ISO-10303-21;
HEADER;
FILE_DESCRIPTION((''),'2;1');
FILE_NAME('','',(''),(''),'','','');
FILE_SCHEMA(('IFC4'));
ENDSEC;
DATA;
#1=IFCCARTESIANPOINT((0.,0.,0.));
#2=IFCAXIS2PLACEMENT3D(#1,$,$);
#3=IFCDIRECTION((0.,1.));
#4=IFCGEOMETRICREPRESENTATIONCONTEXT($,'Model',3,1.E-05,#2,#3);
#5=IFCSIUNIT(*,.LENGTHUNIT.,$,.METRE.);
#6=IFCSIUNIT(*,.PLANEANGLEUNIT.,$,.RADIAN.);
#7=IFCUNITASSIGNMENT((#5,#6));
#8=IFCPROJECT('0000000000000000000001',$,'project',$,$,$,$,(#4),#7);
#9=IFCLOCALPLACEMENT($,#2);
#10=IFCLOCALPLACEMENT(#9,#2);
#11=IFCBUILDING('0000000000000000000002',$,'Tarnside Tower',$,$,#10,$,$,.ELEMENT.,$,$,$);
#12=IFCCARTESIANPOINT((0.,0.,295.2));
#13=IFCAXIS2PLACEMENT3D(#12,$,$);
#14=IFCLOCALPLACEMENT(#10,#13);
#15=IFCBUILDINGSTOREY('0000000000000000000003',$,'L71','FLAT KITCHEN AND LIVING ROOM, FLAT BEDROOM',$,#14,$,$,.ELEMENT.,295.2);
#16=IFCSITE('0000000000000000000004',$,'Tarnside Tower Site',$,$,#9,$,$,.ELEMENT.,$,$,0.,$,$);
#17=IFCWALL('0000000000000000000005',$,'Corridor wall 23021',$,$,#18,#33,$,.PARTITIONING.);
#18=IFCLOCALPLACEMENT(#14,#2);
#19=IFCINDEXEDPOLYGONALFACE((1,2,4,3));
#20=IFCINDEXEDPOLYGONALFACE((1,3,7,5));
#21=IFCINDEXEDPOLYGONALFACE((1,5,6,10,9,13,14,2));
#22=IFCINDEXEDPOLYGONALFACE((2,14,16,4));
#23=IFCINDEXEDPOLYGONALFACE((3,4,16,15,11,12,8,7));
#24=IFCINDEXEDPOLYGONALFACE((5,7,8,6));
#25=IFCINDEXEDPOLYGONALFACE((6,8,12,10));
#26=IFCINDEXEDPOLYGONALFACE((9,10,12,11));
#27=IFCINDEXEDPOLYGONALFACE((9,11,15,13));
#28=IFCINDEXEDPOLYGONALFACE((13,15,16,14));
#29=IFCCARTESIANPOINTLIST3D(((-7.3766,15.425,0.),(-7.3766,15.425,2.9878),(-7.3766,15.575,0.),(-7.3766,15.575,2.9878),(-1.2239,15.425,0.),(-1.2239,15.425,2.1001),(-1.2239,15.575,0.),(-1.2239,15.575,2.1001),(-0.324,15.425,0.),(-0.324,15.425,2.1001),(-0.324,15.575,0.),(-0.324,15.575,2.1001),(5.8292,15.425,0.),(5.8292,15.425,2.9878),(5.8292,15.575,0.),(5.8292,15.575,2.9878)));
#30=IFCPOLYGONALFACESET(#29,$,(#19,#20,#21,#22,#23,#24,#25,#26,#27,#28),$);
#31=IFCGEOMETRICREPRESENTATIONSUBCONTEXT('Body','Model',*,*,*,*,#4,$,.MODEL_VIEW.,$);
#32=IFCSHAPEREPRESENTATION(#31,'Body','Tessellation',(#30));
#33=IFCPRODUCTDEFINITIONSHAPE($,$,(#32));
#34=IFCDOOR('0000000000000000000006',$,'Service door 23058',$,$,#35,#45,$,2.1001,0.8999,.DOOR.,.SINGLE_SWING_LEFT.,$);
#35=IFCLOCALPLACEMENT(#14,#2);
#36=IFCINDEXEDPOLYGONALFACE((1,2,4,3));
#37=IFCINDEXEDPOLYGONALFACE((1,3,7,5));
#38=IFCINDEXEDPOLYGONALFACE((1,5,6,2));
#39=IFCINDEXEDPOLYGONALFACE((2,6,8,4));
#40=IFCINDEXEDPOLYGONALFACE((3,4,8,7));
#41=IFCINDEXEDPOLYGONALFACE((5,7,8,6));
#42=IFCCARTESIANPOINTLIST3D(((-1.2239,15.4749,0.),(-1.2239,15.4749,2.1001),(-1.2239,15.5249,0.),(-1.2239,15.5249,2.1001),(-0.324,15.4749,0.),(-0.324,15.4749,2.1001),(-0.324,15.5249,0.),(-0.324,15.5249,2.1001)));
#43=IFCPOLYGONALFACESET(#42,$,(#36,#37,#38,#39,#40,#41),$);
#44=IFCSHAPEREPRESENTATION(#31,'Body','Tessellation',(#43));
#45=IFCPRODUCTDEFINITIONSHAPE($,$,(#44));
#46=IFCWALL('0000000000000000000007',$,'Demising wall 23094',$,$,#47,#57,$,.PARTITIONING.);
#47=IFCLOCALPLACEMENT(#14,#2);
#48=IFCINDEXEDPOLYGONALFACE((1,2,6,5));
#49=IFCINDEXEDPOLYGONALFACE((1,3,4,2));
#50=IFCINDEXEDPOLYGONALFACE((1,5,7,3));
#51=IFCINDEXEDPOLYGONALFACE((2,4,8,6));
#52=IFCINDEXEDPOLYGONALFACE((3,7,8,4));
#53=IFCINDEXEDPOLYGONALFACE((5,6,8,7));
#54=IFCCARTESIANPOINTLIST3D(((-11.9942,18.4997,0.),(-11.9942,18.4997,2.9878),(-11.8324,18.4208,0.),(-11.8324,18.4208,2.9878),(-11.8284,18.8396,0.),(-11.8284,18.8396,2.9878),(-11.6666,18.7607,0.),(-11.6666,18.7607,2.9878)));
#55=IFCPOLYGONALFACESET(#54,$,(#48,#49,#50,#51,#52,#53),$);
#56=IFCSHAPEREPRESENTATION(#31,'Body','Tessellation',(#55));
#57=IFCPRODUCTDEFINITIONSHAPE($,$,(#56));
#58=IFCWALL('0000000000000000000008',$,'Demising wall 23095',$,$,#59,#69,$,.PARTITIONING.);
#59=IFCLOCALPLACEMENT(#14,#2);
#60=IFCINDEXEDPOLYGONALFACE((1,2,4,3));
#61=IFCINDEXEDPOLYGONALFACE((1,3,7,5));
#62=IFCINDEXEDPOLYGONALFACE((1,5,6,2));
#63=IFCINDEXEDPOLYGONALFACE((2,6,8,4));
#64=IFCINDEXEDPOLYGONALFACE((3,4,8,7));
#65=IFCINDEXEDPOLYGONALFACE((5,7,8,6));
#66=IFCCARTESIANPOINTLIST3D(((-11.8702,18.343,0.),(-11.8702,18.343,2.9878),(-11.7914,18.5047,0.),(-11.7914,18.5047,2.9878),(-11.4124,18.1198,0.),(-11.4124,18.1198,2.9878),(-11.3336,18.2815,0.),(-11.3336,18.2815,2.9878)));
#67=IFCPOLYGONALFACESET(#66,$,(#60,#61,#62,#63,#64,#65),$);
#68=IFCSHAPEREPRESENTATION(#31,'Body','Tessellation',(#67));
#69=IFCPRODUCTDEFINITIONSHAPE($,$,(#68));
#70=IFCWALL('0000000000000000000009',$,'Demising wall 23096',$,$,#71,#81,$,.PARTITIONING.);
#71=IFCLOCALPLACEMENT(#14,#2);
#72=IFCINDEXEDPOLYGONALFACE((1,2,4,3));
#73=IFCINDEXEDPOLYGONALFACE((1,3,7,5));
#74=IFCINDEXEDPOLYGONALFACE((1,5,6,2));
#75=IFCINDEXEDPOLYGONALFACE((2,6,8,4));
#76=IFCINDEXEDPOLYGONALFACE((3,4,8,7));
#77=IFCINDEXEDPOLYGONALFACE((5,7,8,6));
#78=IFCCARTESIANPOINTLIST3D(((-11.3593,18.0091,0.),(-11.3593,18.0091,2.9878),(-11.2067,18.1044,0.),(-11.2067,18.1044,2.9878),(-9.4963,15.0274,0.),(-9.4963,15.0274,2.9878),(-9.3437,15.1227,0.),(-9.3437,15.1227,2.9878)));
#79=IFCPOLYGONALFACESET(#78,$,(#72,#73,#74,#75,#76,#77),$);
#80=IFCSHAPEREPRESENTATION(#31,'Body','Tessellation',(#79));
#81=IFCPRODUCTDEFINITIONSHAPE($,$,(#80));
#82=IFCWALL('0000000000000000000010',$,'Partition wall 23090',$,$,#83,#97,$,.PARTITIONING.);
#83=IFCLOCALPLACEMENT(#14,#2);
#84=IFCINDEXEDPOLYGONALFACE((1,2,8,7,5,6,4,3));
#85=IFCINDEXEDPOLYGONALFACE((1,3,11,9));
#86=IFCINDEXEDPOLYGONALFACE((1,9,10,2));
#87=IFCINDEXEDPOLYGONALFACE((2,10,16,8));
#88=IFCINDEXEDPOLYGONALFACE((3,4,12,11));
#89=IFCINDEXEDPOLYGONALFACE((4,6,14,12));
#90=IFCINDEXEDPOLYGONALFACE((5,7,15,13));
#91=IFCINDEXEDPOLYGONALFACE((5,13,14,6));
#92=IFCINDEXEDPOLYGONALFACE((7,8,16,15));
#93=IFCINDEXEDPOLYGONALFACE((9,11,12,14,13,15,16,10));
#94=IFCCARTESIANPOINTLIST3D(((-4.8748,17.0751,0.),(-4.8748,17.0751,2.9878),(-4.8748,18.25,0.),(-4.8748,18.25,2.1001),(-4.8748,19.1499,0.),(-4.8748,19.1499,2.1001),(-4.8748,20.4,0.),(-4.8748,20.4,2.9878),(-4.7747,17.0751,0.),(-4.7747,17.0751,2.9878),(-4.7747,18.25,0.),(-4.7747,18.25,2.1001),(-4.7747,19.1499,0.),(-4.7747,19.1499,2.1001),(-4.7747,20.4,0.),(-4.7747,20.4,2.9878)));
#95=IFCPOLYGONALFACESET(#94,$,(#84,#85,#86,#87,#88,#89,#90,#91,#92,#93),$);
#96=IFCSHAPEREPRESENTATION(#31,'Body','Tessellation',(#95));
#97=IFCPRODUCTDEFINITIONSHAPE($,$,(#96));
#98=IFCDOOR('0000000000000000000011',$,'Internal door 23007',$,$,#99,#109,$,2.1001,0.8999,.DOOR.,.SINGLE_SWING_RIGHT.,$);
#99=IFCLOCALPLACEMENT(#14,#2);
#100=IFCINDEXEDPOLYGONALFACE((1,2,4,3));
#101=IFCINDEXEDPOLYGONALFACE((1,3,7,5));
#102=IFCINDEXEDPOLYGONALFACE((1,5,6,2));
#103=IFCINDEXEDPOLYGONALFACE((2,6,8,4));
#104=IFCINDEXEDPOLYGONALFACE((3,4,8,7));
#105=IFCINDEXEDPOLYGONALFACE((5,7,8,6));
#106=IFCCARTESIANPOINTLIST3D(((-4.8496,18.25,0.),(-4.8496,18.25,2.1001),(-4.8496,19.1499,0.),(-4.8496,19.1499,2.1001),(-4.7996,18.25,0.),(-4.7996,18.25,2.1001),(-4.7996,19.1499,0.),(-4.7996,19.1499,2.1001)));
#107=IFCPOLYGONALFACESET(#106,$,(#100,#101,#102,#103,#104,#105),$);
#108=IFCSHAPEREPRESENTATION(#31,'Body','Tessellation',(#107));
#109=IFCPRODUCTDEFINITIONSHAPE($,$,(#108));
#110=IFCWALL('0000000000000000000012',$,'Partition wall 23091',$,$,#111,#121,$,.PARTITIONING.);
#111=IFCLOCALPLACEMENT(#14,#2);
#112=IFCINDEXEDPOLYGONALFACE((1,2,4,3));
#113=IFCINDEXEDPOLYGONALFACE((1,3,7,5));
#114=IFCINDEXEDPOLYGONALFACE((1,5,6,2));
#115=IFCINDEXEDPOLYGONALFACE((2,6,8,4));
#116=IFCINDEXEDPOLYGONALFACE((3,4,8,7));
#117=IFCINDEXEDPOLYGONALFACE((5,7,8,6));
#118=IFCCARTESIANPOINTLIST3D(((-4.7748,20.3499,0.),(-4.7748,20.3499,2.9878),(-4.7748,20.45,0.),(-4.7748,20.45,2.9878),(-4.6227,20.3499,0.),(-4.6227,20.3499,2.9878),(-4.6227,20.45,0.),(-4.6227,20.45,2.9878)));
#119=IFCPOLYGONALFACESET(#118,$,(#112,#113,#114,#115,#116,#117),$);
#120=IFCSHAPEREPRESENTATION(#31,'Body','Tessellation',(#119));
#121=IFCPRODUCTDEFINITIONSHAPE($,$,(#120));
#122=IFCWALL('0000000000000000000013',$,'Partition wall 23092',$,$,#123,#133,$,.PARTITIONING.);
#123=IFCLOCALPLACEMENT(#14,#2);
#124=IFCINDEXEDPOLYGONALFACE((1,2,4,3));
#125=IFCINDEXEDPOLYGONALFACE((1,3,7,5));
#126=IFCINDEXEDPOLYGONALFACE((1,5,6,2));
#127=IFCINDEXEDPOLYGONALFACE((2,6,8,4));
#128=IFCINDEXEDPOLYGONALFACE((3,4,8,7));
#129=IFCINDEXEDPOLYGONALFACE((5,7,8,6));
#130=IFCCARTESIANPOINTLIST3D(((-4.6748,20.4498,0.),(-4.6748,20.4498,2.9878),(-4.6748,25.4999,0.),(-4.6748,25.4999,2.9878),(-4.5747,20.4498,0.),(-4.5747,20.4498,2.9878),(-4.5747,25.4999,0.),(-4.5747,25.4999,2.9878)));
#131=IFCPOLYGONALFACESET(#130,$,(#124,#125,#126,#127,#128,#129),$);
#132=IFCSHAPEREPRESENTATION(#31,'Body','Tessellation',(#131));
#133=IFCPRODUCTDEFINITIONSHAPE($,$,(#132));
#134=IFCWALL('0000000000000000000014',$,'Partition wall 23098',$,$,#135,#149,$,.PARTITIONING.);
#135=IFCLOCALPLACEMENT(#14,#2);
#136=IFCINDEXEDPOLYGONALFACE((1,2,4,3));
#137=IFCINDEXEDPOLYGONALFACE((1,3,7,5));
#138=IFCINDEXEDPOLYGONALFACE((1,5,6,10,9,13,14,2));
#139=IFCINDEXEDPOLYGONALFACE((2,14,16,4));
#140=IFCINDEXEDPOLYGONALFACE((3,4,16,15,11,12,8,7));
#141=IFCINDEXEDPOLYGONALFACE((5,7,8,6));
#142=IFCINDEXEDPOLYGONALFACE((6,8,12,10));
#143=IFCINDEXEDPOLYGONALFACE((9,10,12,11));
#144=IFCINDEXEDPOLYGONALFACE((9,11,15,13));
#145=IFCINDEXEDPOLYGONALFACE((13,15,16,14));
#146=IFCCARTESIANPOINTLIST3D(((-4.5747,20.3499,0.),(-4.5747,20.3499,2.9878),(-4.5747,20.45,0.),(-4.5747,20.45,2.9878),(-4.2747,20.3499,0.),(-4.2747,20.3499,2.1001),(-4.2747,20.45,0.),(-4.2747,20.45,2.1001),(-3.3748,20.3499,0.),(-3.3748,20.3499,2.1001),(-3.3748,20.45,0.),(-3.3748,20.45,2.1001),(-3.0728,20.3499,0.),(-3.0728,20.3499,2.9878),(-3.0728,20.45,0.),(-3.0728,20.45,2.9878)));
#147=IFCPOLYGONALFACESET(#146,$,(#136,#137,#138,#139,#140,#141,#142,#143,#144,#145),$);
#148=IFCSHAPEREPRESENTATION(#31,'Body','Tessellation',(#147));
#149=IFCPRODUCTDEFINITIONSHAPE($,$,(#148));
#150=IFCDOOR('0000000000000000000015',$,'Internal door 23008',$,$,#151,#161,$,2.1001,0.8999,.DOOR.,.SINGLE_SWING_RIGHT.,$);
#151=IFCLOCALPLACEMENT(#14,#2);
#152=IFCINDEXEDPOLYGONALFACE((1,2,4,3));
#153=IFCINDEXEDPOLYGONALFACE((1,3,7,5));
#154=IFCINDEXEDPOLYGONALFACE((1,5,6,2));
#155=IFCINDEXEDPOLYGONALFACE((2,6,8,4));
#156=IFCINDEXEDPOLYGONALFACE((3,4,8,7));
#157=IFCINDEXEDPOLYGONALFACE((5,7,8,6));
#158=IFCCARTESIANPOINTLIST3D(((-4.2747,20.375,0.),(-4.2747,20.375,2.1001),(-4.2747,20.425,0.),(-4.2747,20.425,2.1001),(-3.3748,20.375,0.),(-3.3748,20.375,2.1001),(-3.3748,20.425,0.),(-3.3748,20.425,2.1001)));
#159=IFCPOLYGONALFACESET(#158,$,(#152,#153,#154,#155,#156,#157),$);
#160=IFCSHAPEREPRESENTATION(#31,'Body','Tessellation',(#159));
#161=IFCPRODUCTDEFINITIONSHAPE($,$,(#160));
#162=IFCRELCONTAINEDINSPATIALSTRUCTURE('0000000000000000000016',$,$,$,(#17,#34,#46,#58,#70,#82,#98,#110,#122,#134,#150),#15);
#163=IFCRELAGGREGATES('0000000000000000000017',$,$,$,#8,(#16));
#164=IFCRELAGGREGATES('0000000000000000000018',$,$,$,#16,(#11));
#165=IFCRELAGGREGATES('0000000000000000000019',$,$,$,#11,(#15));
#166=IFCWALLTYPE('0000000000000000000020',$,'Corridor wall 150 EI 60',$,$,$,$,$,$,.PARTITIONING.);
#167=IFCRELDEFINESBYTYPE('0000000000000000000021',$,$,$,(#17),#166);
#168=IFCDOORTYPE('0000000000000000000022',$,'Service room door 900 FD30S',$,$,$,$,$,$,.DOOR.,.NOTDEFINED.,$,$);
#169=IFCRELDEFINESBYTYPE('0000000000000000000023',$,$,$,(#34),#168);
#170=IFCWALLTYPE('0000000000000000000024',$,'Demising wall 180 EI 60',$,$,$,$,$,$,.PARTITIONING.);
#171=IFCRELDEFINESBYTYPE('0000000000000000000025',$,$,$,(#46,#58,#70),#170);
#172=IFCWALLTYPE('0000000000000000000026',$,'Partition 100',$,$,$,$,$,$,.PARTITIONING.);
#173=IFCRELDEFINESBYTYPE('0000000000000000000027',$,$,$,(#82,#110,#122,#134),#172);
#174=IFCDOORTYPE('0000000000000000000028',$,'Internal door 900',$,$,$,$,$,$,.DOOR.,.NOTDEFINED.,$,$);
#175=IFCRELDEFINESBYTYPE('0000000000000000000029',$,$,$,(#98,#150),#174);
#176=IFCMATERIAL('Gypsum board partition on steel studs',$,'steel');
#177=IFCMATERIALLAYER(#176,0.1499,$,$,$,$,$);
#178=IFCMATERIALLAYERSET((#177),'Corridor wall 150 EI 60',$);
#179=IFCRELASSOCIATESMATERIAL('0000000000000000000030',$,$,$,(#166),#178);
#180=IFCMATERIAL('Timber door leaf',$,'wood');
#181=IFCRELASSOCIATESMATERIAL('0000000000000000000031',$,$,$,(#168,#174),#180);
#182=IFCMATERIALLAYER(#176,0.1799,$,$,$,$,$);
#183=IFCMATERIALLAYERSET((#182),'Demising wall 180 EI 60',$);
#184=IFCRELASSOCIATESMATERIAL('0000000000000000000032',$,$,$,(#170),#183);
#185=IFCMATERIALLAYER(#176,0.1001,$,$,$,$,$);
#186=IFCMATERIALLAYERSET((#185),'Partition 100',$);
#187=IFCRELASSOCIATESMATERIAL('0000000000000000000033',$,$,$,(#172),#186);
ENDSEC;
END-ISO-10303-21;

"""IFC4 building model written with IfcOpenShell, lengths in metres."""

from ifc_helpers import new_model, si_unit, direction, frame, frame_2d, origin, place, context, subcontext, project, spatial, rectangle, extrude, material, layer, layer_set, type_object, element, fill, save


model = new_model("IFC4")

# Units and contexts
model_context = context("Model", 3, precision=1e-05, world=origin(), true_north=direction((0.0, 1.0)))
body_context = subcontext(model_context, "Body", "Model", "MODEL_VIEW")
ifc_project = project(units=[si_unit("LENGTHUNIT", "METRE"), si_unit("PLANEANGLEUNIT", "RADIAN")], contexts=[model_context])

# Site, building, storey
site_placement = place(None, origin())
site = spatial("IfcSite", under=ifc_project, at=site_placement, Name="Tarnside Tower Site", CompositionType="ELEMENT", RefElevation=0.0)
building_placement = place(site_placement, origin())
building = spatial("IfcBuilding", under=site, at=building_placement, Name="Tarnside Tower", CompositionType="ELEMENT")
storey_placement = place(building_placement, frame((0.0, 0.0, 295.2)))
storey = spatial("IfcBuildingStorey", under=building, at=storey_placement, Name="L71", Description="FLAT KITCHEN AND LIVING ROOM, FLAT BEDROOM", CompositionType="ELEMENT", Elevation=295.2)

# Shared definitions
ifc_material_1 = material(Name="Gypsum board partition on steel studs", Category="steel")
ifc_material_2 = material(Name="Timber door leaf", Category="wood")

# Shared definitions
ifc_layer_1 = layer(ifc_material_1, 0.1499)
ifc_layer_set_1 = layer_set([ifc_layer_1], Name="Corridor wall 150 EI 60")
wall_type_1 = type_object("IfcWallType", Name="Corridor wall 150 EI 60", PredefinedType="PARTITIONING", material=ifc_layer_set_1)

# Wall, opening, door
wall_1_placement = place(storey_placement, frame((-7.3767, 15.5, 0.0), z_axis=(0.0, 0.0, 1.0), x_axis=(1.0, 0.0, 0.0)))
wall_1 = element("IfcWall", 1, at=wall_1_placement, inside=storey, type_object=wall_type_1, Name="Corridor wall 23021", PredefinedType="PARTITIONING", context=body_context, shape_type="SweptSolid", body=[
    extrude(rectangle(XDim=13.2058, YDim=0.1499, at=frame_2d((6.603, 0.0))), origin(), (0.0, 0.0, 1.0), 2.9878),
])
opening_1_placement = place(wall_1_placement, frame((6.1528, 0.0, 0.0)))
opening_1 = element("IfcOpeningElement", 2, at=opening_1_placement, cuts=wall_1, PredefinedType="OPENING", context=body_context, shape_type="SweptSolid", body=[
    extrude(rectangle(XDim=0.8999, YDim=2.1001, at=frame_2d((0.45, 1.05))), frame((0.0, 0.085, 0.0), z_axis=(0.0, -1.0, 0.0), x_axis=(1.0, 0.0, 0.0)), (0.0, 0.0, 1.0), 0.1699),
])
door_type_1 = type_object("IfcDoorType", Name="Service room door 900 FD30S", OperationType="NOTDEFINED", PredefinedType="DOOR", material=ifc_material_2)
door_1_placement = place(opening_1_placement, origin())
door_1 = element("IfcDoor", 3, at=door_1_placement, inside=storey, type_object=door_type_1, Name="Service door 23058", OperationType="SINGLE_SWING_LEFT", OverallHeight=2.1001, OverallWidth=0.8999, PredefinedType="DOOR", context=body_context, shape_type="SweptSolid", body=[
    extrude(rectangle(XDim=0.8999, YDim=2.1001, at=frame_2d((0.45, 1.05))), frame((0.0, 0.0249, 0.0), z_axis=(0.0, -1.0, 0.0), x_axis=(1.0, 0.0, 0.0)), (0.0, 0.0, 1.0), 0.05),
])
fill(opening_1, door_1)

# Walls
ifc_layer_2 = layer(ifc_material_1, 0.1799)
ifc_layer_set_2 = layer_set([ifc_layer_2], Name="Demising wall 180 EI 60")
wall_type_2 = type_object("IfcWallType", Name="Demising wall 180 EI 60", PredefinedType="PARTITIONING", material=ifc_layer_set_2)
wall_2_placement = place(storey_placement, frame((-11.7476, 18.8, 0.0), z_axis=(0.0, 0.0, 1.0), x_axis=(-0.438411, -0.898775, 0.0)))
element("IfcWall", 4, at=wall_2_placement, inside=storey, type_object=wall_type_2, Name="Demising wall 23094", PredefinedType="PARTITIONING", context=body_context, shape_type="SweptSolid", body=[
    extrude(rectangle(XDim=0.3782, YDim=0.1799, at=frame_2d((0.189, 0.0))), origin(), (0.0, 0.0, 1.0), 2.9878),
])
wall_3_placement = place(storey_placement, frame((-11.8308, 18.4238, 0.0), z_axis=(0.0, 0.0, 1.0), x_axis=(0.898888, -0.438178, 0.0)))
element("IfcWall", 5, at=wall_3_placement, inside=storey, type_object=wall_type_2, Name="Demising wall 23095", PredefinedType="PARTITIONING", context=body_context, shape_type="SweptSolid", body=[
    extrude(rectangle(XDim=0.5093, YDim=0.1799, at=frame_2d((0.2546, 0.0))), origin(), (0.0, 0.0, 1.0), 2.9878),
])
wall_4_placement = place(storey_placement, frame((-11.283, 18.0566, 0.0), z_axis=(0.0, 0.0, 1.0), x_axis=(0.529893, -0.848065, 0.0)))
element("IfcWall", 6, at=wall_4_placement, inside=storey, type_object=wall_type_2, Name="Demising wall 23096", PredefinedType="PARTITIONING", context=body_context, shape_type="SweptSolid", body=[
    extrude(rectangle(XDim=3.5159, YDim=0.1799, at=frame_2d((1.7578, 0.0))), origin(), (0.0, 0.0, 1.0), 2.9878),
])

# Wall, opening, door
ifc_layer_3 = layer(ifc_material_1, 0.1001)
ifc_layer_set_3 = layer_set([ifc_layer_3], Name="Partition 100")
wall_type_3 = type_object("IfcWallType", Name="Partition 100", PredefinedType="PARTITIONING", material=ifc_layer_set_3)
wall_5_placement = place(storey_placement, frame((-4.8247, 17.075, 0.0), z_axis=(0.0, 0.0, 1.0), x_axis=(0.0, 1.0, 0.0)))
wall_5 = element("IfcWall", 7, at=wall_5_placement, inside=storey, type_object=wall_type_3, Name="Partition wall 23090", PredefinedType="PARTITIONING", context=body_context, shape_type="SweptSolid", body=[
    extrude(rectangle(XDim=3.325, YDim=0.1001, at=frame_2d((1.6626, 0.0))), origin(), (0.0, 0.0, 1.0), 2.9878),
])
opening_2_placement = place(wall_5_placement, frame((1.175, 0.0, 0.0)))
opening_2 = element("IfcOpeningElement", 8, at=opening_2_placement, cuts=wall_5, PredefinedType="OPENING", context=body_context, shape_type="SweptSolid", body=[
    extrude(rectangle(XDim=0.8999, YDim=2.1001, at=frame_2d((0.45, 1.05))), frame((0.0, 0.0601, 0.0), z_axis=(0.0, -1.0, 0.0), x_axis=(1.0, 0.0, 0.0)), (0.0, 0.0, 1.0), 0.1201),
])
door_type_2 = type_object("IfcDoorType", Name="Internal door 900", OperationType="NOTDEFINED", PredefinedType="DOOR", material=ifc_material_2)
door_2_placement = place(opening_2_placement, origin())
door_2 = element("IfcDoor", 9, at=door_2_placement, inside=storey, type_object=door_type_2, Name="Internal door 23007", OperationType="SINGLE_SWING_RIGHT", OverallHeight=2.1001, OverallWidth=0.8999, PredefinedType="DOOR", context=body_context, shape_type="SweptSolid", body=[
    extrude(rectangle(XDim=0.8999, YDim=2.1001, at=frame_2d((0.45, 1.05))), frame((0.0, 0.0249, 0.0), z_axis=(0.0, -1.0, 0.0), x_axis=(1.0, 0.0, 0.0)), (0.0, 0.0, 1.0), 0.05),
])
fill(opening_2, door_2)

# Walls
wall_6_placement = place(storey_placement, frame((-4.7749, 20.3999, 0.0), z_axis=(0.0, 0.0, 1.0), x_axis=(1.0, 0.0, 0.0)))
element("IfcWall", 10, at=wall_6_placement, inside=storey, type_object=wall_type_3, Name="Partition wall 23091", PredefinedType="PARTITIONING", context=body_context, shape_type="SweptSolid", body=[
    extrude(rectangle(XDim=0.1521, YDim=0.1001, at=frame_2d((0.0762, 0.0))), origin(), (0.0, 0.0, 1.0), 2.9878),
])
wall_7_placement = place(storey_placement, frame((-4.6248, 20.45, 0.0), z_axis=(0.0, 0.0, 1.0), x_axis=(0.0, 1.0, 0.0)))
element("IfcWall", 11, at=wall_7_placement, inside=storey, type_object=wall_type_3, Name="Partition wall 23092", PredefinedType="PARTITIONING", context=body_context, shape_type="SweptSolid", body=[
    extrude(rectangle(XDim=5.05, YDim=0.1001, at=frame_2d((2.5249, 0.0))), origin(), (0.0, 0.0, 1.0), 2.9878),
])

# Wall, opening, door
wall_8_placement = place(storey_placement, frame((-3.0728, 20.3999, 0.0), z_axis=(0.0, 0.0, 1.0), x_axis=(-1.0, 0.0, 0.0)))
wall_8 = element("IfcWall", 12, at=wall_8_placement, inside=storey, type_object=wall_type_3, Name="Partition wall 23098", PredefinedType="PARTITIONING", context=body_context, shape_type="SweptSolid", body=[
    extrude(rectangle(XDim=1.502, YDim=0.1001, at=frame_2d((0.751, 0.0))), origin(), (0.0, 0.0, 1.0), 2.9878),
])
opening_3_placement = place(wall_8_placement, frame((0.302, 0.0, 0.0)))
opening_3 = element("IfcOpeningElement", 13, at=opening_3_placement, cuts=wall_8, PredefinedType="OPENING", context=body_context, shape_type="SweptSolid", body=[
    extrude(rectangle(XDim=0.8999, YDim=2.1001, at=frame_2d((0.45, 1.05))), frame((0.0, 0.0601, 0.0), z_axis=(0.0, -1.0, 0.0), x_axis=(1.0, 0.0, 0.0)), (0.0, 0.0, 1.0), 0.1201),
])
door_3_placement = place(opening_3_placement, origin())
door_3 = element("IfcDoor", 14, at=door_3_placement, inside=storey, type_object=door_type_2, Name="Internal door 23008", OperationType="SINGLE_SWING_RIGHT", OverallHeight=2.1001, OverallWidth=0.8999, PredefinedType="DOOR", context=body_context, shape_type="SweptSolid", body=[
    extrude(rectangle(XDim=0.8999, YDim=2.1001, at=frame_2d((0.45, 1.05))), frame((0.0, 0.0249, 0.0), z_axis=(0.0, -1.0, 0.0), x_axis=(1.0, 0.0, 0.0)), (0.0, 0.0, 1.0), 0.05),
])
fill(opening_3, door_3)

save(model, "model.ifc")
